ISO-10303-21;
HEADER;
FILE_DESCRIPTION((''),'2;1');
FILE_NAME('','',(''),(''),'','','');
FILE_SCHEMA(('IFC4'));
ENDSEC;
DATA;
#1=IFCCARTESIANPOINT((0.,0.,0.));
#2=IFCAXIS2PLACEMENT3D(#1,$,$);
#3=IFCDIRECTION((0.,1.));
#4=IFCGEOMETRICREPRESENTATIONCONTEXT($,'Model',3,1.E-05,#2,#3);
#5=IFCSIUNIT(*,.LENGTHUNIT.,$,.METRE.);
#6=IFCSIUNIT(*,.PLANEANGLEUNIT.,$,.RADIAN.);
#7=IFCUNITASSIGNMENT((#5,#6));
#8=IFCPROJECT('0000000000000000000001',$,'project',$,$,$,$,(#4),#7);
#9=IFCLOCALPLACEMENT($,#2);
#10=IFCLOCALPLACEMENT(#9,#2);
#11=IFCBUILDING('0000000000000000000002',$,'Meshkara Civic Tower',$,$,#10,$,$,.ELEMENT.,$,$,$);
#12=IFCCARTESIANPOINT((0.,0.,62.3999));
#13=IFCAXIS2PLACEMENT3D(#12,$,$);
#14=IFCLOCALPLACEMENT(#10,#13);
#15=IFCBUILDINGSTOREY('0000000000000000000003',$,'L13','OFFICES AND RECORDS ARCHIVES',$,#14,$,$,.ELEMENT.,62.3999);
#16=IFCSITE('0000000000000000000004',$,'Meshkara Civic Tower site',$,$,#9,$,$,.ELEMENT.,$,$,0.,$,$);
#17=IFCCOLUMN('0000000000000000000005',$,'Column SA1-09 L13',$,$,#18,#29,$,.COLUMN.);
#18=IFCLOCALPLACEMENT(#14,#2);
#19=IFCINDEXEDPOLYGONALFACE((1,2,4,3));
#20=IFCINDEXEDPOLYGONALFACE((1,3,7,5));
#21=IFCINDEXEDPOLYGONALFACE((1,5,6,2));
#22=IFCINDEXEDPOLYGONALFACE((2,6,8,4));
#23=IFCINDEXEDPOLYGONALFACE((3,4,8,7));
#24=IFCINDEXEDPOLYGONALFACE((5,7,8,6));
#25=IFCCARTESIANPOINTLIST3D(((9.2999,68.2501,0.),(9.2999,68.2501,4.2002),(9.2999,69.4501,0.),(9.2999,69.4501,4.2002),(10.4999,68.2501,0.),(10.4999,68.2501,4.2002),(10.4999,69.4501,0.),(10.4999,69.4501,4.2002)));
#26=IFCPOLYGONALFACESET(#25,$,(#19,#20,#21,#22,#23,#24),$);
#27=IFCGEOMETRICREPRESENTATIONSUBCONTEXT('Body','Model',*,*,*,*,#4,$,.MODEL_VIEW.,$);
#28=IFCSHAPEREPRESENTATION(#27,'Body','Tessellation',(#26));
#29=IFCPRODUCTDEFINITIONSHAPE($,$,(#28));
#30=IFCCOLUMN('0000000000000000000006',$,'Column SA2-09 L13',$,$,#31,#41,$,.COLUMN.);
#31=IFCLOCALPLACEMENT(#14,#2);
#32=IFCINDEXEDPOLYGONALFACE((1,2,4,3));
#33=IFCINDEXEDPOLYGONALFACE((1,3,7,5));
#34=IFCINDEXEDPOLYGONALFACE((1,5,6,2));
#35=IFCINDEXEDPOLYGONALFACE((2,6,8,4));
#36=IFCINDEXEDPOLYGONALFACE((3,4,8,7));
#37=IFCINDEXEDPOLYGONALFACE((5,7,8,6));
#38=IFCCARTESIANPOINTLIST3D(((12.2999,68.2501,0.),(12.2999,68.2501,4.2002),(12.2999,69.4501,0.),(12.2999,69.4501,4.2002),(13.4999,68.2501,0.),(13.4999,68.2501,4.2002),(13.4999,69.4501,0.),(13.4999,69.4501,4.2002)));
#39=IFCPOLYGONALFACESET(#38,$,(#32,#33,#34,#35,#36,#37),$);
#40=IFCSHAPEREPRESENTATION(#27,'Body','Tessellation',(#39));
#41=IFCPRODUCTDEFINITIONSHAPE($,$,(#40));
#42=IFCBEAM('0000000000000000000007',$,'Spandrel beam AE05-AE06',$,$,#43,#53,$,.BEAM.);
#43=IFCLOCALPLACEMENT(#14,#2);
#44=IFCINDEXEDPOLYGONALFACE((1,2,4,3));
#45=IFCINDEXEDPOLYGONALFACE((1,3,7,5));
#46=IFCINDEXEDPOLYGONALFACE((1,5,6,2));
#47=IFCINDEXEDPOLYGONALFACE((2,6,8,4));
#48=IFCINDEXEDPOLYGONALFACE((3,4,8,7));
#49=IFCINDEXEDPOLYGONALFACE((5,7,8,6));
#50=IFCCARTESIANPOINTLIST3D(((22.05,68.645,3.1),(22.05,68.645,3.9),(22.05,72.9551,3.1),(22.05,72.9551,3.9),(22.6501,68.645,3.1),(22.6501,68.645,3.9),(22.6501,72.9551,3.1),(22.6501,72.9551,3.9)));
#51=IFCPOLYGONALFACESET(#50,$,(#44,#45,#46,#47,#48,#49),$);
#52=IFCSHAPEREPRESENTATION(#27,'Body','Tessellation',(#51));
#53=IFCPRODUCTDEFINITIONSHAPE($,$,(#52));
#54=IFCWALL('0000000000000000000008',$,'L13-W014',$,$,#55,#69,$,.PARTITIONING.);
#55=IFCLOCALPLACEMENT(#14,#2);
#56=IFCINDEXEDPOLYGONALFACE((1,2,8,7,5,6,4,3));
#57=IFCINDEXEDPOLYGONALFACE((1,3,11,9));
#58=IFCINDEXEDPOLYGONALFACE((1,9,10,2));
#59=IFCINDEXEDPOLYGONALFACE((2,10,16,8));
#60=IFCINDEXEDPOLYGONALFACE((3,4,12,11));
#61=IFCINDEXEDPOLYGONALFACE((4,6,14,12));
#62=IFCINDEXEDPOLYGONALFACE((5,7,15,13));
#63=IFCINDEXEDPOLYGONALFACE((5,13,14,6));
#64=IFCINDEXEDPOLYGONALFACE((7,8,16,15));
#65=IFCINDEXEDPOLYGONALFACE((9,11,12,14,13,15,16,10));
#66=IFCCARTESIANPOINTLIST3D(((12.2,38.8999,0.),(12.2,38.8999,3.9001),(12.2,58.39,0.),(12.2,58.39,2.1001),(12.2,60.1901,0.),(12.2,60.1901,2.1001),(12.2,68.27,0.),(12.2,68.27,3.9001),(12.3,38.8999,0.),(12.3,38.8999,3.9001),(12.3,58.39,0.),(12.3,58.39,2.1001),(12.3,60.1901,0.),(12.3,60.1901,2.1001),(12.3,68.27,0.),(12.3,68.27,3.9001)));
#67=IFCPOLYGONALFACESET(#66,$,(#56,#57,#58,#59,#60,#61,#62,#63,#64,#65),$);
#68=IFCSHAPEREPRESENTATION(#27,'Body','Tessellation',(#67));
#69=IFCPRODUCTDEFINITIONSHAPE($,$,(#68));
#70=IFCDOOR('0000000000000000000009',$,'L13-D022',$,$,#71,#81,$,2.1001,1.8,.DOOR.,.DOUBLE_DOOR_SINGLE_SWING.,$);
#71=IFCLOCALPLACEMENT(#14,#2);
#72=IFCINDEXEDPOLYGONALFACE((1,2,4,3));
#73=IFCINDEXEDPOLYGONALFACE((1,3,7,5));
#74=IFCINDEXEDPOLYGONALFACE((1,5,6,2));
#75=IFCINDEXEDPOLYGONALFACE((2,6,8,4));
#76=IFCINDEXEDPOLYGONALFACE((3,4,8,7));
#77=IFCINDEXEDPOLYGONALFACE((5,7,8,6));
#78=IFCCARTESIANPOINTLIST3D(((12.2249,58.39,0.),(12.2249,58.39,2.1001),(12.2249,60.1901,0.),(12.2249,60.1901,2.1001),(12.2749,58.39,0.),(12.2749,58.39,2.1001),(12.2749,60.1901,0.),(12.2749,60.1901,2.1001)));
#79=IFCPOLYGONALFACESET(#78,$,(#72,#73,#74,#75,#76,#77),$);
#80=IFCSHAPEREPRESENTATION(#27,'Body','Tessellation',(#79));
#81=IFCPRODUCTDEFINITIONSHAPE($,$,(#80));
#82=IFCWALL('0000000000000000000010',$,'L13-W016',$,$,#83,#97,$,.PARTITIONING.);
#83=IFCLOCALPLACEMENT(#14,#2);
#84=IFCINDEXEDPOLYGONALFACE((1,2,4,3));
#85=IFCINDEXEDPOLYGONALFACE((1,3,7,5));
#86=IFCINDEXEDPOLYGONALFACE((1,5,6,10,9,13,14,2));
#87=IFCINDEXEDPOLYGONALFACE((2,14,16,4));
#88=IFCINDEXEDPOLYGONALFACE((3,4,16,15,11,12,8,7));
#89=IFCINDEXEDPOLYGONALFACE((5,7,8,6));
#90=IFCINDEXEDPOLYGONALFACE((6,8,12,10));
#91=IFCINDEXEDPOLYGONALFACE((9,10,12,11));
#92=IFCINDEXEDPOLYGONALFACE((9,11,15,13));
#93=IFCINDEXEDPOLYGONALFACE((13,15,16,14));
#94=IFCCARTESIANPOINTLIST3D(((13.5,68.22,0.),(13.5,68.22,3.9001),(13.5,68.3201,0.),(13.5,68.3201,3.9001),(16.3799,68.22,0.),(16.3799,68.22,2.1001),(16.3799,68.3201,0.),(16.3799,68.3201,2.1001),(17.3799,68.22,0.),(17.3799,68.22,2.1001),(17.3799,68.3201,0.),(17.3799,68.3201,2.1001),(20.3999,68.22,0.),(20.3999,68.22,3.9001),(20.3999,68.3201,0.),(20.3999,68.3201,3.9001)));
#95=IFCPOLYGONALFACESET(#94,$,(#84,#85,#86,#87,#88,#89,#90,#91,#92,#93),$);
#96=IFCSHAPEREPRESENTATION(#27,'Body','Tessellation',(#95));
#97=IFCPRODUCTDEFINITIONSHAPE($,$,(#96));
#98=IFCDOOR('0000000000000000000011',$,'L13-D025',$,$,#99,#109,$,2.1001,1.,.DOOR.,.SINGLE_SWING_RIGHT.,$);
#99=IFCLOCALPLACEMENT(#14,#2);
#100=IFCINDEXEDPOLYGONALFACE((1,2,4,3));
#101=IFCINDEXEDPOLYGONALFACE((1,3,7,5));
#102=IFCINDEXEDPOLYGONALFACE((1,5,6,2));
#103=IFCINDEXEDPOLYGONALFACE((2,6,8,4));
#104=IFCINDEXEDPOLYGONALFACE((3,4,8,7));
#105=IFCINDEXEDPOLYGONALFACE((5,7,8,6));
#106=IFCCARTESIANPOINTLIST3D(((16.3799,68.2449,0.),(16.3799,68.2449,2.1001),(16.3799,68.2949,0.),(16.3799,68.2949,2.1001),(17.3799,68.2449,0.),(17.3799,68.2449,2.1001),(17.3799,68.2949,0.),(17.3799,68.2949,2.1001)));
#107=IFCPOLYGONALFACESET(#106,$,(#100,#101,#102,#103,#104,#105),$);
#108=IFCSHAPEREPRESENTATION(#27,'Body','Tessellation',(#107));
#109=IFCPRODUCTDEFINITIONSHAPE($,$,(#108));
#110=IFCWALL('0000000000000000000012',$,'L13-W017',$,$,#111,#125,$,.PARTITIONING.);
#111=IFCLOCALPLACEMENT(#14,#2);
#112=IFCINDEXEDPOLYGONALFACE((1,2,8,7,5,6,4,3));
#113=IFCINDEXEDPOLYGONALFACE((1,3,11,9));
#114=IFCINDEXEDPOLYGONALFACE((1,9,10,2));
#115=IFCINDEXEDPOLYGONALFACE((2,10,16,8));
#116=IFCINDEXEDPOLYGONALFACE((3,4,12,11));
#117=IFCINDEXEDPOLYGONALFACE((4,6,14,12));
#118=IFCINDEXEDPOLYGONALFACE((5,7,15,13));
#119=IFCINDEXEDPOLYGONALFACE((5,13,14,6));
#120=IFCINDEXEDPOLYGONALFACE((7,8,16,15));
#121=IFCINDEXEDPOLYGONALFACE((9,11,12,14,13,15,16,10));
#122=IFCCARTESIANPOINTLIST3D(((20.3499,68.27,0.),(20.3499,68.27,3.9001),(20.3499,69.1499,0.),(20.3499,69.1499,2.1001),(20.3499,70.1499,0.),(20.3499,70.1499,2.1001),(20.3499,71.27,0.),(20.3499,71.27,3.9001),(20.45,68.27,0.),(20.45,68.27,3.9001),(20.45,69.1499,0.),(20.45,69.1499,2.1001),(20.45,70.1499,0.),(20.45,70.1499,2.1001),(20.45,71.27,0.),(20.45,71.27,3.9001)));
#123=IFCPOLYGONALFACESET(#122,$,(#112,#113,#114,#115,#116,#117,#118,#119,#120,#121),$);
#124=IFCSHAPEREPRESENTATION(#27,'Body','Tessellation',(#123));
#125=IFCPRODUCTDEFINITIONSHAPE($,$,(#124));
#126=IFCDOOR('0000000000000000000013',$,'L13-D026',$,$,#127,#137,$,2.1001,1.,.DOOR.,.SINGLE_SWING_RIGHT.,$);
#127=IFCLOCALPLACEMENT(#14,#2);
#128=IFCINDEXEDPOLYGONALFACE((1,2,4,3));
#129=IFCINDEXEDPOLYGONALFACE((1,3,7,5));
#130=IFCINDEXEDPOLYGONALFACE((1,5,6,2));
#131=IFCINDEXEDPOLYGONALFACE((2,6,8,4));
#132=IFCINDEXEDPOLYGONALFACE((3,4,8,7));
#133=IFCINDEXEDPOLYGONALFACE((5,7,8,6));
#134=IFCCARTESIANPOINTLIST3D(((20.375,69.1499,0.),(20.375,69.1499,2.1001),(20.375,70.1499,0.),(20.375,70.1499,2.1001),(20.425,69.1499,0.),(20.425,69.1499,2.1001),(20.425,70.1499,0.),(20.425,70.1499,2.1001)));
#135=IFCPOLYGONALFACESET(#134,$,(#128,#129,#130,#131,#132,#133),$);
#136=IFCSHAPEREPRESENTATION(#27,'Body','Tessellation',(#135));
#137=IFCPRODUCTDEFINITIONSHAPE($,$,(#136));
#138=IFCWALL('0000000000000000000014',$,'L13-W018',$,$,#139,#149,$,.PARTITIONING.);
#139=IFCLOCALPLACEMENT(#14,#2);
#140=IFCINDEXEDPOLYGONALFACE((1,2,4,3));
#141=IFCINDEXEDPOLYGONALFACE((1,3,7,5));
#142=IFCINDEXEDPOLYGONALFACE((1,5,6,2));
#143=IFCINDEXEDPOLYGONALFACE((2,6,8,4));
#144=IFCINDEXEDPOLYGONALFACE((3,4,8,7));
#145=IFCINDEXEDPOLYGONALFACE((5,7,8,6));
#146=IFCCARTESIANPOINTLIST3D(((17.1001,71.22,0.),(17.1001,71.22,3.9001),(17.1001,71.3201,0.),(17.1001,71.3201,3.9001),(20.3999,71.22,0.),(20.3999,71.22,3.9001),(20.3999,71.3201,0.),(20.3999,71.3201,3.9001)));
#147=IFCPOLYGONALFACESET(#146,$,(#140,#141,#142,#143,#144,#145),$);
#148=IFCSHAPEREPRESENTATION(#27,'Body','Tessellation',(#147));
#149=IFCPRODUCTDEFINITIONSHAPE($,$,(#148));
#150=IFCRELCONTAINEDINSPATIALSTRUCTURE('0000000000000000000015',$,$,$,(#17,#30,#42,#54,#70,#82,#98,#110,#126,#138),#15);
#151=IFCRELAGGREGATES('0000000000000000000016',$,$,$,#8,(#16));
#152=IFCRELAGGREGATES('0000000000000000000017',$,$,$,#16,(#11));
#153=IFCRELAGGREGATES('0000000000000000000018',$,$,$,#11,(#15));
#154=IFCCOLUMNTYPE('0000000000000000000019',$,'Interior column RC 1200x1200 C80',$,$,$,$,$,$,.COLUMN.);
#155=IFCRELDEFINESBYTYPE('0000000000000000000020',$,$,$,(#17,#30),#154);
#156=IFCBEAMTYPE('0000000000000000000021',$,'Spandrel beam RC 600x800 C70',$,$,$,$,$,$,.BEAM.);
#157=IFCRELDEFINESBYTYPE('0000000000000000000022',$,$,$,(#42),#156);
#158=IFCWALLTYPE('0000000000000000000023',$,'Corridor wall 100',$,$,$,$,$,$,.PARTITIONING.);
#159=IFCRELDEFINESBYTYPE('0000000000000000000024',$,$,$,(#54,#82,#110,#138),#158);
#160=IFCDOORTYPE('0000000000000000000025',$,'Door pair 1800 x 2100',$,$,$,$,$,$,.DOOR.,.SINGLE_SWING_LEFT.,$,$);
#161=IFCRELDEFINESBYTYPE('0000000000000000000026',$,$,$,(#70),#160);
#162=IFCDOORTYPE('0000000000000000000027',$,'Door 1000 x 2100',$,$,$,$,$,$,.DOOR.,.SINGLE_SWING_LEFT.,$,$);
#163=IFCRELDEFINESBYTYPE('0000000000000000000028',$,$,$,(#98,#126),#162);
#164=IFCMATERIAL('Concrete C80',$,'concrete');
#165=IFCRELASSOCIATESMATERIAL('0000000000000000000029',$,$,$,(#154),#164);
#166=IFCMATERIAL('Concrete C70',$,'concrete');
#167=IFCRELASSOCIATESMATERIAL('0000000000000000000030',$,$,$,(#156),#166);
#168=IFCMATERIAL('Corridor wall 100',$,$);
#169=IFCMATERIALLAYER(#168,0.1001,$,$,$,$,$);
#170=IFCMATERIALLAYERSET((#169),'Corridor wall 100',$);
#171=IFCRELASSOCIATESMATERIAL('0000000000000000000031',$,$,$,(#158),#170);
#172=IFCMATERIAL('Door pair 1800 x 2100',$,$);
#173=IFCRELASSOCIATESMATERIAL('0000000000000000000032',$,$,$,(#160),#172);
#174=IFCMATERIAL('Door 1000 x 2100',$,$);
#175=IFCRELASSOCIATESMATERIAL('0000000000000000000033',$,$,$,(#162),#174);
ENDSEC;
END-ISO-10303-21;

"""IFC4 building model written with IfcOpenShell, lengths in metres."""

from ifc_helpers import new_model, si_unit, direction, frame, frame_2d, origin, origin_2d, place, context, subcontext, project, spatial, rectangle, extrude, material, layer, layer_set, material_profile, profile_set, type_object, element, fill, save


model = new_model("IFC4")

# Units and contexts
model_context = context("Model", 3, precision=1e-05, world=origin(), true_north=direction((0.0, 1.0)))
body_context = subcontext(model_context, "Body", "Model", "MODEL_VIEW")
ifc_project = project(units=[si_unit("LENGTHUNIT", "METRE"), si_unit("PLANEANGLEUNIT", "RADIAN")], contexts=[model_context])

# Site, building, storey
site_placement = place(None, origin())
site = spatial("IfcSite", under=ifc_project, at=site_placement, Name="Meshkara Civic Tower site", CompositionType="ELEMENT", RefElevation=0.0)
building_placement = place(site_placement, origin())
building = spatial("IfcBuilding", under=site, at=building_placement, Name="Meshkara Civic Tower", CompositionType="ELEMENT")
storey_placement = place(building_placement, frame((0.0, 0.0, 62.3999)))
storey = spatial("IfcBuildingStorey", under=building, at=storey_placement, Name="L13", Description="OFFICES AND RECORDS ARCHIVES", CompositionType="ELEMENT", Elevation=62.3999)

# Columns
ifc_material_1 = material(Name="Concrete C80", Category="concrete")
ifc_material_profile_1 = material_profile(ifc_material_1, rectangle(XDim=1.2, YDim=1.2, at=origin_2d()))
ifc_profile_set_1 = profile_set([ifc_material_profile_1], Name="Concrete C80")
column_type = type_object("IfcColumnType", Name="Interior column RC 1200x1200 C80", PredefinedType="COLUMN", material=ifc_profile_set_1)
for number, where, z_axis, x_axis, name in (
    (1, (9.8999, 68.8501, 0.0), (0.0, 0.0, 1.0), (1.0, 0.0, 0.0), "Column SA1-09 L13"),
    (2, (12.8999, 68.8501, 0.0), (0.0, 0.0, 1.0), (1.0, 0.0, 0.0), "Column SA2-09 L13"),
):
    element("IfcColumn", number, at=place(storey_placement, frame(where, z_axis=z_axis, x_axis=x_axis)), inside=storey, type_object=column_type, Name=name, PredefinedType="COLUMN", context=body_context, shape_type="SweptSolid", body=[
        extrude(rectangle(XDim=1.2, YDim=1.2, at=origin_2d()), origin(), (0.0, 0.0, 1.0), 4.2002),
    ])

# Beam
ifc_material_2 = material(Name="Concrete C70", Category="concrete")
ifc_material_profile_2 = material_profile(ifc_material_2, rectangle(XDim=0.6001, YDim=0.8, at=origin_2d()))
ifc_profile_set_2 = profile_set([ifc_material_profile_2], Name="Concrete C70")
beam_type = type_object("IfcBeamType", Name="Spandrel beam RC 600x800 C70", PredefinedType="BEAM", material=ifc_profile_set_2)
beam_placement = place(storey_placement, frame((22.3501, 68.645, 3.5), z_axis=(0.0, 1.0, 0.0), x_axis=(-1.0, 0.0, 0.0)))
element("IfcBeam", 3, at=beam_placement, inside=storey, type_object=beam_type, Name="Spandrel beam AE05-AE06", PredefinedType="BEAM", context=body_context, shape_type="SweptSolid", body=[
    extrude(rectangle(XDim=0.6001, YDim=0.8, at=origin_2d()), origin(), (0.0, 0.0, 1.0), 4.3101),
])

# Walls, openings, doors
ifc_material_3 = material(Name="Corridor wall 100")
ifc_layer_1 = layer(ifc_material_3, 0.1001)
ifc_layer_set_1 = layer_set([ifc_layer_1], Name="Corridor wall 100")
wall_type_1 = type_object("IfcWallType", Name="Corridor wall 100", PredefinedType="PARTITIONING", material=ifc_layer_set_1)
wall_1_placement = place(storey_placement, frame((12.25, 68.27, 0.0), z_axis=(0.0, 0.0, 1.0), x_axis=(0.0, -1.0, 0.0)))
wall_1 = element("IfcWall", 4, at=wall_1_placement, inside=storey, type_object=wall_type_1, Name="L13-W014", PredefinedType="PARTITIONING", context=body_context, shape_type="SweptSolid", body=[
    extrude(rectangle(XDim=29.3701, YDim=0.1001, at=frame_2d((14.6851, 0.0))), origin(), (0.0, 0.0, 1.0), 3.9001),
])
opening_1_placement = place(wall_1_placement, frame((8.0801, 0.0, 0.0)))
opening_1 = element("IfcOpeningElement", 5, at=opening_1_placement, cuts=wall_1, PredefinedType="OPENING", context=body_context, shape_type="SweptSolid", body=[
    extrude(rectangle(XDim=1.8, YDim=2.1001, at=frame_2d((0.8999, 1.05))), frame((0.0, 0.0601, 0.0), z_axis=(0.0, -1.0, 0.0), x_axis=(1.0, 0.0, 0.0)), (0.0, 0.0, 1.0), 0.1201),
])
ifc_material_4 = material(Name="Door pair 1800 x 2100")
door_type_1 = type_object("IfcDoorType", Name="Door pair 1800 x 2100", OperationType="SINGLE_SWING_LEFT", PredefinedType="DOOR", material=ifc_material_4)
door_1_placement = place(opening_1_placement, origin())
door_1 = element("IfcDoor", 6, at=door_1_placement, inside=storey, type_object=door_type_1, Name="L13-D022", OperationType="DOUBLE_DOOR_SINGLE_SWING", OverallHeight=2.1001, OverallWidth=1.8, PredefinedType="DOOR", context=body_context, shape_type="SweptSolid", body=[
    extrude(rectangle(XDim=1.8, YDim=2.1001, at=frame_2d((0.8999, 1.05))), frame((0.0, 0.0249, 0.0), z_axis=(0.0, -1.0, 0.0), x_axis=(1.0, 0.0, 0.0)), (0.0, 0.0, 1.0), 0.05),
])
fill(opening_1, door_1)
wall_2_placement = place(storey_placement, frame((13.5, 68.27, 0.0), z_axis=(0.0, 0.0, 1.0), x_axis=(1.0, 0.0, 0.0)))
wall_2 = element("IfcWall", 7, at=wall_2_placement, inside=storey, type_object=wall_type_1, Name="L13-W016", PredefinedType="PARTITIONING", context=body_context, shape_type="SweptSolid", body=[
    extrude(rectangle(XDim=6.8999, YDim=0.1001, at=frame_2d((3.45, 0.0))), origin(), (0.0, 0.0, 1.0), 3.9001),
])
opening_2_placement = place(wall_2_placement, frame((2.8799, 0.0, 0.0)))
opening_2 = element("IfcOpeningElement", 8, at=opening_2_placement, cuts=wall_2, PredefinedType="OPENING", context=body_context, shape_type="SweptSolid", body=[
    extrude(rectangle(XDim=1.0, YDim=2.1001, at=frame_2d((0.5, 1.05))), frame((0.0, 0.0601, 0.0), z_axis=(0.0, -1.0, 0.0), x_axis=(1.0, 0.0, 0.0)), (0.0, 0.0, 1.0), 0.1201),
])
ifc_material_5 = material(Name="Door 1000 x 2100")
door_type_2 = type_object("IfcDoorType", Name="Door 1000 x 2100", OperationType="SINGLE_SWING_LEFT", PredefinedType="DOOR", material=ifc_material_5)
door_2_placement = place(opening_2_placement, origin())
door_2 = element("IfcDoor", 9, at=door_2_placement, inside=storey, type_object=door_type_2, Name="L13-D025", OperationType="SINGLE_SWING_RIGHT", OverallHeight=2.1001, OverallWidth=1.0, PredefinedType="DOOR", context=body_context, shape_type="SweptSolid", body=[
    extrude(rectangle(XDim=1.0, YDim=2.1001, at=frame_2d((0.5, 1.05))), frame((0.0, 0.0249, 0.0), z_axis=(0.0, -1.0, 0.0), x_axis=(1.0, 0.0, 0.0)), (0.0, 0.0, 1.0), 0.05),
])
fill(opening_2, door_2)
wall_3_placement = place(storey_placement, frame((20.3999, 68.27, 0.0), z_axis=(0.0, 0.0, 1.0), x_axis=(0.0, 1.0, 0.0)))
wall_3 = element("IfcWall", 10, at=wall_3_placement, inside=storey, type_object=wall_type_1, Name="L13-W017", PredefinedType="PARTITIONING", context=body_context, shape_type="SweptSolid", body=[
    extrude(rectangle(XDim=3.0, YDim=0.1001, at=frame_2d((1.5, 0.0))), origin(), (0.0, 0.0, 1.0), 3.9001),
])
opening_3_placement = place(wall_3_placement, frame((0.8799, 0.0, 0.0)))
opening_3 = element("IfcOpeningElement", 11, at=opening_3_placement, cuts=wall_3, PredefinedType="OPENING", context=body_context, shape_type="SweptSolid", body=[
    extrude(rectangle(XDim=1.0, YDim=2.1001, at=frame_2d((0.5, 1.05))), frame((0.0, 0.0601, 0.0), z_axis=(0.0, -1.0, 0.0), x_axis=(1.0, 0.0, 0.0)), (0.0, 0.0, 1.0), 0.1201),
])
door_3_placement = place(opening_3_placement, origin())
door_3 = element("IfcDoor", 12, at=door_3_placement, inside=storey, type_object=door_type_2, Name="L13-D026", OperationType="SINGLE_SWING_RIGHT", OverallHeight=2.1001, OverallWidth=1.0, PredefinedType="DOOR", context=body_context, shape_type="SweptSolid", body=[
    extrude(rectangle(XDim=1.0, YDim=2.1001, at=frame_2d((0.5, 1.05))), frame((0.0, 0.0249, 0.0), z_axis=(0.0, -1.0, 0.0), x_axis=(1.0, 0.0, 0.0)), (0.0, 0.0, 1.0), 0.05),
])
fill(opening_3, door_3)

# Wall
wall_4_placement = place(storey_placement, frame((20.3999, 71.27, 0.0), z_axis=(0.0, 0.0, 1.0), x_axis=(-1.0, 0.0, 0.0)))
element("IfcWall", 13, at=wall_4_placement, inside=storey, type_object=wall_type_1, Name="L13-W018", PredefinedType="PARTITIONING", context=body_context, shape_type="SweptSolid", body=[
    extrude(rectangle(XDim=3.2998, YDim=0.1001, at=frame_2d((1.6499, 0.0))), origin(), (0.0, 0.0, 1.0), 3.9001),
])

save(model, "model.ifc")
